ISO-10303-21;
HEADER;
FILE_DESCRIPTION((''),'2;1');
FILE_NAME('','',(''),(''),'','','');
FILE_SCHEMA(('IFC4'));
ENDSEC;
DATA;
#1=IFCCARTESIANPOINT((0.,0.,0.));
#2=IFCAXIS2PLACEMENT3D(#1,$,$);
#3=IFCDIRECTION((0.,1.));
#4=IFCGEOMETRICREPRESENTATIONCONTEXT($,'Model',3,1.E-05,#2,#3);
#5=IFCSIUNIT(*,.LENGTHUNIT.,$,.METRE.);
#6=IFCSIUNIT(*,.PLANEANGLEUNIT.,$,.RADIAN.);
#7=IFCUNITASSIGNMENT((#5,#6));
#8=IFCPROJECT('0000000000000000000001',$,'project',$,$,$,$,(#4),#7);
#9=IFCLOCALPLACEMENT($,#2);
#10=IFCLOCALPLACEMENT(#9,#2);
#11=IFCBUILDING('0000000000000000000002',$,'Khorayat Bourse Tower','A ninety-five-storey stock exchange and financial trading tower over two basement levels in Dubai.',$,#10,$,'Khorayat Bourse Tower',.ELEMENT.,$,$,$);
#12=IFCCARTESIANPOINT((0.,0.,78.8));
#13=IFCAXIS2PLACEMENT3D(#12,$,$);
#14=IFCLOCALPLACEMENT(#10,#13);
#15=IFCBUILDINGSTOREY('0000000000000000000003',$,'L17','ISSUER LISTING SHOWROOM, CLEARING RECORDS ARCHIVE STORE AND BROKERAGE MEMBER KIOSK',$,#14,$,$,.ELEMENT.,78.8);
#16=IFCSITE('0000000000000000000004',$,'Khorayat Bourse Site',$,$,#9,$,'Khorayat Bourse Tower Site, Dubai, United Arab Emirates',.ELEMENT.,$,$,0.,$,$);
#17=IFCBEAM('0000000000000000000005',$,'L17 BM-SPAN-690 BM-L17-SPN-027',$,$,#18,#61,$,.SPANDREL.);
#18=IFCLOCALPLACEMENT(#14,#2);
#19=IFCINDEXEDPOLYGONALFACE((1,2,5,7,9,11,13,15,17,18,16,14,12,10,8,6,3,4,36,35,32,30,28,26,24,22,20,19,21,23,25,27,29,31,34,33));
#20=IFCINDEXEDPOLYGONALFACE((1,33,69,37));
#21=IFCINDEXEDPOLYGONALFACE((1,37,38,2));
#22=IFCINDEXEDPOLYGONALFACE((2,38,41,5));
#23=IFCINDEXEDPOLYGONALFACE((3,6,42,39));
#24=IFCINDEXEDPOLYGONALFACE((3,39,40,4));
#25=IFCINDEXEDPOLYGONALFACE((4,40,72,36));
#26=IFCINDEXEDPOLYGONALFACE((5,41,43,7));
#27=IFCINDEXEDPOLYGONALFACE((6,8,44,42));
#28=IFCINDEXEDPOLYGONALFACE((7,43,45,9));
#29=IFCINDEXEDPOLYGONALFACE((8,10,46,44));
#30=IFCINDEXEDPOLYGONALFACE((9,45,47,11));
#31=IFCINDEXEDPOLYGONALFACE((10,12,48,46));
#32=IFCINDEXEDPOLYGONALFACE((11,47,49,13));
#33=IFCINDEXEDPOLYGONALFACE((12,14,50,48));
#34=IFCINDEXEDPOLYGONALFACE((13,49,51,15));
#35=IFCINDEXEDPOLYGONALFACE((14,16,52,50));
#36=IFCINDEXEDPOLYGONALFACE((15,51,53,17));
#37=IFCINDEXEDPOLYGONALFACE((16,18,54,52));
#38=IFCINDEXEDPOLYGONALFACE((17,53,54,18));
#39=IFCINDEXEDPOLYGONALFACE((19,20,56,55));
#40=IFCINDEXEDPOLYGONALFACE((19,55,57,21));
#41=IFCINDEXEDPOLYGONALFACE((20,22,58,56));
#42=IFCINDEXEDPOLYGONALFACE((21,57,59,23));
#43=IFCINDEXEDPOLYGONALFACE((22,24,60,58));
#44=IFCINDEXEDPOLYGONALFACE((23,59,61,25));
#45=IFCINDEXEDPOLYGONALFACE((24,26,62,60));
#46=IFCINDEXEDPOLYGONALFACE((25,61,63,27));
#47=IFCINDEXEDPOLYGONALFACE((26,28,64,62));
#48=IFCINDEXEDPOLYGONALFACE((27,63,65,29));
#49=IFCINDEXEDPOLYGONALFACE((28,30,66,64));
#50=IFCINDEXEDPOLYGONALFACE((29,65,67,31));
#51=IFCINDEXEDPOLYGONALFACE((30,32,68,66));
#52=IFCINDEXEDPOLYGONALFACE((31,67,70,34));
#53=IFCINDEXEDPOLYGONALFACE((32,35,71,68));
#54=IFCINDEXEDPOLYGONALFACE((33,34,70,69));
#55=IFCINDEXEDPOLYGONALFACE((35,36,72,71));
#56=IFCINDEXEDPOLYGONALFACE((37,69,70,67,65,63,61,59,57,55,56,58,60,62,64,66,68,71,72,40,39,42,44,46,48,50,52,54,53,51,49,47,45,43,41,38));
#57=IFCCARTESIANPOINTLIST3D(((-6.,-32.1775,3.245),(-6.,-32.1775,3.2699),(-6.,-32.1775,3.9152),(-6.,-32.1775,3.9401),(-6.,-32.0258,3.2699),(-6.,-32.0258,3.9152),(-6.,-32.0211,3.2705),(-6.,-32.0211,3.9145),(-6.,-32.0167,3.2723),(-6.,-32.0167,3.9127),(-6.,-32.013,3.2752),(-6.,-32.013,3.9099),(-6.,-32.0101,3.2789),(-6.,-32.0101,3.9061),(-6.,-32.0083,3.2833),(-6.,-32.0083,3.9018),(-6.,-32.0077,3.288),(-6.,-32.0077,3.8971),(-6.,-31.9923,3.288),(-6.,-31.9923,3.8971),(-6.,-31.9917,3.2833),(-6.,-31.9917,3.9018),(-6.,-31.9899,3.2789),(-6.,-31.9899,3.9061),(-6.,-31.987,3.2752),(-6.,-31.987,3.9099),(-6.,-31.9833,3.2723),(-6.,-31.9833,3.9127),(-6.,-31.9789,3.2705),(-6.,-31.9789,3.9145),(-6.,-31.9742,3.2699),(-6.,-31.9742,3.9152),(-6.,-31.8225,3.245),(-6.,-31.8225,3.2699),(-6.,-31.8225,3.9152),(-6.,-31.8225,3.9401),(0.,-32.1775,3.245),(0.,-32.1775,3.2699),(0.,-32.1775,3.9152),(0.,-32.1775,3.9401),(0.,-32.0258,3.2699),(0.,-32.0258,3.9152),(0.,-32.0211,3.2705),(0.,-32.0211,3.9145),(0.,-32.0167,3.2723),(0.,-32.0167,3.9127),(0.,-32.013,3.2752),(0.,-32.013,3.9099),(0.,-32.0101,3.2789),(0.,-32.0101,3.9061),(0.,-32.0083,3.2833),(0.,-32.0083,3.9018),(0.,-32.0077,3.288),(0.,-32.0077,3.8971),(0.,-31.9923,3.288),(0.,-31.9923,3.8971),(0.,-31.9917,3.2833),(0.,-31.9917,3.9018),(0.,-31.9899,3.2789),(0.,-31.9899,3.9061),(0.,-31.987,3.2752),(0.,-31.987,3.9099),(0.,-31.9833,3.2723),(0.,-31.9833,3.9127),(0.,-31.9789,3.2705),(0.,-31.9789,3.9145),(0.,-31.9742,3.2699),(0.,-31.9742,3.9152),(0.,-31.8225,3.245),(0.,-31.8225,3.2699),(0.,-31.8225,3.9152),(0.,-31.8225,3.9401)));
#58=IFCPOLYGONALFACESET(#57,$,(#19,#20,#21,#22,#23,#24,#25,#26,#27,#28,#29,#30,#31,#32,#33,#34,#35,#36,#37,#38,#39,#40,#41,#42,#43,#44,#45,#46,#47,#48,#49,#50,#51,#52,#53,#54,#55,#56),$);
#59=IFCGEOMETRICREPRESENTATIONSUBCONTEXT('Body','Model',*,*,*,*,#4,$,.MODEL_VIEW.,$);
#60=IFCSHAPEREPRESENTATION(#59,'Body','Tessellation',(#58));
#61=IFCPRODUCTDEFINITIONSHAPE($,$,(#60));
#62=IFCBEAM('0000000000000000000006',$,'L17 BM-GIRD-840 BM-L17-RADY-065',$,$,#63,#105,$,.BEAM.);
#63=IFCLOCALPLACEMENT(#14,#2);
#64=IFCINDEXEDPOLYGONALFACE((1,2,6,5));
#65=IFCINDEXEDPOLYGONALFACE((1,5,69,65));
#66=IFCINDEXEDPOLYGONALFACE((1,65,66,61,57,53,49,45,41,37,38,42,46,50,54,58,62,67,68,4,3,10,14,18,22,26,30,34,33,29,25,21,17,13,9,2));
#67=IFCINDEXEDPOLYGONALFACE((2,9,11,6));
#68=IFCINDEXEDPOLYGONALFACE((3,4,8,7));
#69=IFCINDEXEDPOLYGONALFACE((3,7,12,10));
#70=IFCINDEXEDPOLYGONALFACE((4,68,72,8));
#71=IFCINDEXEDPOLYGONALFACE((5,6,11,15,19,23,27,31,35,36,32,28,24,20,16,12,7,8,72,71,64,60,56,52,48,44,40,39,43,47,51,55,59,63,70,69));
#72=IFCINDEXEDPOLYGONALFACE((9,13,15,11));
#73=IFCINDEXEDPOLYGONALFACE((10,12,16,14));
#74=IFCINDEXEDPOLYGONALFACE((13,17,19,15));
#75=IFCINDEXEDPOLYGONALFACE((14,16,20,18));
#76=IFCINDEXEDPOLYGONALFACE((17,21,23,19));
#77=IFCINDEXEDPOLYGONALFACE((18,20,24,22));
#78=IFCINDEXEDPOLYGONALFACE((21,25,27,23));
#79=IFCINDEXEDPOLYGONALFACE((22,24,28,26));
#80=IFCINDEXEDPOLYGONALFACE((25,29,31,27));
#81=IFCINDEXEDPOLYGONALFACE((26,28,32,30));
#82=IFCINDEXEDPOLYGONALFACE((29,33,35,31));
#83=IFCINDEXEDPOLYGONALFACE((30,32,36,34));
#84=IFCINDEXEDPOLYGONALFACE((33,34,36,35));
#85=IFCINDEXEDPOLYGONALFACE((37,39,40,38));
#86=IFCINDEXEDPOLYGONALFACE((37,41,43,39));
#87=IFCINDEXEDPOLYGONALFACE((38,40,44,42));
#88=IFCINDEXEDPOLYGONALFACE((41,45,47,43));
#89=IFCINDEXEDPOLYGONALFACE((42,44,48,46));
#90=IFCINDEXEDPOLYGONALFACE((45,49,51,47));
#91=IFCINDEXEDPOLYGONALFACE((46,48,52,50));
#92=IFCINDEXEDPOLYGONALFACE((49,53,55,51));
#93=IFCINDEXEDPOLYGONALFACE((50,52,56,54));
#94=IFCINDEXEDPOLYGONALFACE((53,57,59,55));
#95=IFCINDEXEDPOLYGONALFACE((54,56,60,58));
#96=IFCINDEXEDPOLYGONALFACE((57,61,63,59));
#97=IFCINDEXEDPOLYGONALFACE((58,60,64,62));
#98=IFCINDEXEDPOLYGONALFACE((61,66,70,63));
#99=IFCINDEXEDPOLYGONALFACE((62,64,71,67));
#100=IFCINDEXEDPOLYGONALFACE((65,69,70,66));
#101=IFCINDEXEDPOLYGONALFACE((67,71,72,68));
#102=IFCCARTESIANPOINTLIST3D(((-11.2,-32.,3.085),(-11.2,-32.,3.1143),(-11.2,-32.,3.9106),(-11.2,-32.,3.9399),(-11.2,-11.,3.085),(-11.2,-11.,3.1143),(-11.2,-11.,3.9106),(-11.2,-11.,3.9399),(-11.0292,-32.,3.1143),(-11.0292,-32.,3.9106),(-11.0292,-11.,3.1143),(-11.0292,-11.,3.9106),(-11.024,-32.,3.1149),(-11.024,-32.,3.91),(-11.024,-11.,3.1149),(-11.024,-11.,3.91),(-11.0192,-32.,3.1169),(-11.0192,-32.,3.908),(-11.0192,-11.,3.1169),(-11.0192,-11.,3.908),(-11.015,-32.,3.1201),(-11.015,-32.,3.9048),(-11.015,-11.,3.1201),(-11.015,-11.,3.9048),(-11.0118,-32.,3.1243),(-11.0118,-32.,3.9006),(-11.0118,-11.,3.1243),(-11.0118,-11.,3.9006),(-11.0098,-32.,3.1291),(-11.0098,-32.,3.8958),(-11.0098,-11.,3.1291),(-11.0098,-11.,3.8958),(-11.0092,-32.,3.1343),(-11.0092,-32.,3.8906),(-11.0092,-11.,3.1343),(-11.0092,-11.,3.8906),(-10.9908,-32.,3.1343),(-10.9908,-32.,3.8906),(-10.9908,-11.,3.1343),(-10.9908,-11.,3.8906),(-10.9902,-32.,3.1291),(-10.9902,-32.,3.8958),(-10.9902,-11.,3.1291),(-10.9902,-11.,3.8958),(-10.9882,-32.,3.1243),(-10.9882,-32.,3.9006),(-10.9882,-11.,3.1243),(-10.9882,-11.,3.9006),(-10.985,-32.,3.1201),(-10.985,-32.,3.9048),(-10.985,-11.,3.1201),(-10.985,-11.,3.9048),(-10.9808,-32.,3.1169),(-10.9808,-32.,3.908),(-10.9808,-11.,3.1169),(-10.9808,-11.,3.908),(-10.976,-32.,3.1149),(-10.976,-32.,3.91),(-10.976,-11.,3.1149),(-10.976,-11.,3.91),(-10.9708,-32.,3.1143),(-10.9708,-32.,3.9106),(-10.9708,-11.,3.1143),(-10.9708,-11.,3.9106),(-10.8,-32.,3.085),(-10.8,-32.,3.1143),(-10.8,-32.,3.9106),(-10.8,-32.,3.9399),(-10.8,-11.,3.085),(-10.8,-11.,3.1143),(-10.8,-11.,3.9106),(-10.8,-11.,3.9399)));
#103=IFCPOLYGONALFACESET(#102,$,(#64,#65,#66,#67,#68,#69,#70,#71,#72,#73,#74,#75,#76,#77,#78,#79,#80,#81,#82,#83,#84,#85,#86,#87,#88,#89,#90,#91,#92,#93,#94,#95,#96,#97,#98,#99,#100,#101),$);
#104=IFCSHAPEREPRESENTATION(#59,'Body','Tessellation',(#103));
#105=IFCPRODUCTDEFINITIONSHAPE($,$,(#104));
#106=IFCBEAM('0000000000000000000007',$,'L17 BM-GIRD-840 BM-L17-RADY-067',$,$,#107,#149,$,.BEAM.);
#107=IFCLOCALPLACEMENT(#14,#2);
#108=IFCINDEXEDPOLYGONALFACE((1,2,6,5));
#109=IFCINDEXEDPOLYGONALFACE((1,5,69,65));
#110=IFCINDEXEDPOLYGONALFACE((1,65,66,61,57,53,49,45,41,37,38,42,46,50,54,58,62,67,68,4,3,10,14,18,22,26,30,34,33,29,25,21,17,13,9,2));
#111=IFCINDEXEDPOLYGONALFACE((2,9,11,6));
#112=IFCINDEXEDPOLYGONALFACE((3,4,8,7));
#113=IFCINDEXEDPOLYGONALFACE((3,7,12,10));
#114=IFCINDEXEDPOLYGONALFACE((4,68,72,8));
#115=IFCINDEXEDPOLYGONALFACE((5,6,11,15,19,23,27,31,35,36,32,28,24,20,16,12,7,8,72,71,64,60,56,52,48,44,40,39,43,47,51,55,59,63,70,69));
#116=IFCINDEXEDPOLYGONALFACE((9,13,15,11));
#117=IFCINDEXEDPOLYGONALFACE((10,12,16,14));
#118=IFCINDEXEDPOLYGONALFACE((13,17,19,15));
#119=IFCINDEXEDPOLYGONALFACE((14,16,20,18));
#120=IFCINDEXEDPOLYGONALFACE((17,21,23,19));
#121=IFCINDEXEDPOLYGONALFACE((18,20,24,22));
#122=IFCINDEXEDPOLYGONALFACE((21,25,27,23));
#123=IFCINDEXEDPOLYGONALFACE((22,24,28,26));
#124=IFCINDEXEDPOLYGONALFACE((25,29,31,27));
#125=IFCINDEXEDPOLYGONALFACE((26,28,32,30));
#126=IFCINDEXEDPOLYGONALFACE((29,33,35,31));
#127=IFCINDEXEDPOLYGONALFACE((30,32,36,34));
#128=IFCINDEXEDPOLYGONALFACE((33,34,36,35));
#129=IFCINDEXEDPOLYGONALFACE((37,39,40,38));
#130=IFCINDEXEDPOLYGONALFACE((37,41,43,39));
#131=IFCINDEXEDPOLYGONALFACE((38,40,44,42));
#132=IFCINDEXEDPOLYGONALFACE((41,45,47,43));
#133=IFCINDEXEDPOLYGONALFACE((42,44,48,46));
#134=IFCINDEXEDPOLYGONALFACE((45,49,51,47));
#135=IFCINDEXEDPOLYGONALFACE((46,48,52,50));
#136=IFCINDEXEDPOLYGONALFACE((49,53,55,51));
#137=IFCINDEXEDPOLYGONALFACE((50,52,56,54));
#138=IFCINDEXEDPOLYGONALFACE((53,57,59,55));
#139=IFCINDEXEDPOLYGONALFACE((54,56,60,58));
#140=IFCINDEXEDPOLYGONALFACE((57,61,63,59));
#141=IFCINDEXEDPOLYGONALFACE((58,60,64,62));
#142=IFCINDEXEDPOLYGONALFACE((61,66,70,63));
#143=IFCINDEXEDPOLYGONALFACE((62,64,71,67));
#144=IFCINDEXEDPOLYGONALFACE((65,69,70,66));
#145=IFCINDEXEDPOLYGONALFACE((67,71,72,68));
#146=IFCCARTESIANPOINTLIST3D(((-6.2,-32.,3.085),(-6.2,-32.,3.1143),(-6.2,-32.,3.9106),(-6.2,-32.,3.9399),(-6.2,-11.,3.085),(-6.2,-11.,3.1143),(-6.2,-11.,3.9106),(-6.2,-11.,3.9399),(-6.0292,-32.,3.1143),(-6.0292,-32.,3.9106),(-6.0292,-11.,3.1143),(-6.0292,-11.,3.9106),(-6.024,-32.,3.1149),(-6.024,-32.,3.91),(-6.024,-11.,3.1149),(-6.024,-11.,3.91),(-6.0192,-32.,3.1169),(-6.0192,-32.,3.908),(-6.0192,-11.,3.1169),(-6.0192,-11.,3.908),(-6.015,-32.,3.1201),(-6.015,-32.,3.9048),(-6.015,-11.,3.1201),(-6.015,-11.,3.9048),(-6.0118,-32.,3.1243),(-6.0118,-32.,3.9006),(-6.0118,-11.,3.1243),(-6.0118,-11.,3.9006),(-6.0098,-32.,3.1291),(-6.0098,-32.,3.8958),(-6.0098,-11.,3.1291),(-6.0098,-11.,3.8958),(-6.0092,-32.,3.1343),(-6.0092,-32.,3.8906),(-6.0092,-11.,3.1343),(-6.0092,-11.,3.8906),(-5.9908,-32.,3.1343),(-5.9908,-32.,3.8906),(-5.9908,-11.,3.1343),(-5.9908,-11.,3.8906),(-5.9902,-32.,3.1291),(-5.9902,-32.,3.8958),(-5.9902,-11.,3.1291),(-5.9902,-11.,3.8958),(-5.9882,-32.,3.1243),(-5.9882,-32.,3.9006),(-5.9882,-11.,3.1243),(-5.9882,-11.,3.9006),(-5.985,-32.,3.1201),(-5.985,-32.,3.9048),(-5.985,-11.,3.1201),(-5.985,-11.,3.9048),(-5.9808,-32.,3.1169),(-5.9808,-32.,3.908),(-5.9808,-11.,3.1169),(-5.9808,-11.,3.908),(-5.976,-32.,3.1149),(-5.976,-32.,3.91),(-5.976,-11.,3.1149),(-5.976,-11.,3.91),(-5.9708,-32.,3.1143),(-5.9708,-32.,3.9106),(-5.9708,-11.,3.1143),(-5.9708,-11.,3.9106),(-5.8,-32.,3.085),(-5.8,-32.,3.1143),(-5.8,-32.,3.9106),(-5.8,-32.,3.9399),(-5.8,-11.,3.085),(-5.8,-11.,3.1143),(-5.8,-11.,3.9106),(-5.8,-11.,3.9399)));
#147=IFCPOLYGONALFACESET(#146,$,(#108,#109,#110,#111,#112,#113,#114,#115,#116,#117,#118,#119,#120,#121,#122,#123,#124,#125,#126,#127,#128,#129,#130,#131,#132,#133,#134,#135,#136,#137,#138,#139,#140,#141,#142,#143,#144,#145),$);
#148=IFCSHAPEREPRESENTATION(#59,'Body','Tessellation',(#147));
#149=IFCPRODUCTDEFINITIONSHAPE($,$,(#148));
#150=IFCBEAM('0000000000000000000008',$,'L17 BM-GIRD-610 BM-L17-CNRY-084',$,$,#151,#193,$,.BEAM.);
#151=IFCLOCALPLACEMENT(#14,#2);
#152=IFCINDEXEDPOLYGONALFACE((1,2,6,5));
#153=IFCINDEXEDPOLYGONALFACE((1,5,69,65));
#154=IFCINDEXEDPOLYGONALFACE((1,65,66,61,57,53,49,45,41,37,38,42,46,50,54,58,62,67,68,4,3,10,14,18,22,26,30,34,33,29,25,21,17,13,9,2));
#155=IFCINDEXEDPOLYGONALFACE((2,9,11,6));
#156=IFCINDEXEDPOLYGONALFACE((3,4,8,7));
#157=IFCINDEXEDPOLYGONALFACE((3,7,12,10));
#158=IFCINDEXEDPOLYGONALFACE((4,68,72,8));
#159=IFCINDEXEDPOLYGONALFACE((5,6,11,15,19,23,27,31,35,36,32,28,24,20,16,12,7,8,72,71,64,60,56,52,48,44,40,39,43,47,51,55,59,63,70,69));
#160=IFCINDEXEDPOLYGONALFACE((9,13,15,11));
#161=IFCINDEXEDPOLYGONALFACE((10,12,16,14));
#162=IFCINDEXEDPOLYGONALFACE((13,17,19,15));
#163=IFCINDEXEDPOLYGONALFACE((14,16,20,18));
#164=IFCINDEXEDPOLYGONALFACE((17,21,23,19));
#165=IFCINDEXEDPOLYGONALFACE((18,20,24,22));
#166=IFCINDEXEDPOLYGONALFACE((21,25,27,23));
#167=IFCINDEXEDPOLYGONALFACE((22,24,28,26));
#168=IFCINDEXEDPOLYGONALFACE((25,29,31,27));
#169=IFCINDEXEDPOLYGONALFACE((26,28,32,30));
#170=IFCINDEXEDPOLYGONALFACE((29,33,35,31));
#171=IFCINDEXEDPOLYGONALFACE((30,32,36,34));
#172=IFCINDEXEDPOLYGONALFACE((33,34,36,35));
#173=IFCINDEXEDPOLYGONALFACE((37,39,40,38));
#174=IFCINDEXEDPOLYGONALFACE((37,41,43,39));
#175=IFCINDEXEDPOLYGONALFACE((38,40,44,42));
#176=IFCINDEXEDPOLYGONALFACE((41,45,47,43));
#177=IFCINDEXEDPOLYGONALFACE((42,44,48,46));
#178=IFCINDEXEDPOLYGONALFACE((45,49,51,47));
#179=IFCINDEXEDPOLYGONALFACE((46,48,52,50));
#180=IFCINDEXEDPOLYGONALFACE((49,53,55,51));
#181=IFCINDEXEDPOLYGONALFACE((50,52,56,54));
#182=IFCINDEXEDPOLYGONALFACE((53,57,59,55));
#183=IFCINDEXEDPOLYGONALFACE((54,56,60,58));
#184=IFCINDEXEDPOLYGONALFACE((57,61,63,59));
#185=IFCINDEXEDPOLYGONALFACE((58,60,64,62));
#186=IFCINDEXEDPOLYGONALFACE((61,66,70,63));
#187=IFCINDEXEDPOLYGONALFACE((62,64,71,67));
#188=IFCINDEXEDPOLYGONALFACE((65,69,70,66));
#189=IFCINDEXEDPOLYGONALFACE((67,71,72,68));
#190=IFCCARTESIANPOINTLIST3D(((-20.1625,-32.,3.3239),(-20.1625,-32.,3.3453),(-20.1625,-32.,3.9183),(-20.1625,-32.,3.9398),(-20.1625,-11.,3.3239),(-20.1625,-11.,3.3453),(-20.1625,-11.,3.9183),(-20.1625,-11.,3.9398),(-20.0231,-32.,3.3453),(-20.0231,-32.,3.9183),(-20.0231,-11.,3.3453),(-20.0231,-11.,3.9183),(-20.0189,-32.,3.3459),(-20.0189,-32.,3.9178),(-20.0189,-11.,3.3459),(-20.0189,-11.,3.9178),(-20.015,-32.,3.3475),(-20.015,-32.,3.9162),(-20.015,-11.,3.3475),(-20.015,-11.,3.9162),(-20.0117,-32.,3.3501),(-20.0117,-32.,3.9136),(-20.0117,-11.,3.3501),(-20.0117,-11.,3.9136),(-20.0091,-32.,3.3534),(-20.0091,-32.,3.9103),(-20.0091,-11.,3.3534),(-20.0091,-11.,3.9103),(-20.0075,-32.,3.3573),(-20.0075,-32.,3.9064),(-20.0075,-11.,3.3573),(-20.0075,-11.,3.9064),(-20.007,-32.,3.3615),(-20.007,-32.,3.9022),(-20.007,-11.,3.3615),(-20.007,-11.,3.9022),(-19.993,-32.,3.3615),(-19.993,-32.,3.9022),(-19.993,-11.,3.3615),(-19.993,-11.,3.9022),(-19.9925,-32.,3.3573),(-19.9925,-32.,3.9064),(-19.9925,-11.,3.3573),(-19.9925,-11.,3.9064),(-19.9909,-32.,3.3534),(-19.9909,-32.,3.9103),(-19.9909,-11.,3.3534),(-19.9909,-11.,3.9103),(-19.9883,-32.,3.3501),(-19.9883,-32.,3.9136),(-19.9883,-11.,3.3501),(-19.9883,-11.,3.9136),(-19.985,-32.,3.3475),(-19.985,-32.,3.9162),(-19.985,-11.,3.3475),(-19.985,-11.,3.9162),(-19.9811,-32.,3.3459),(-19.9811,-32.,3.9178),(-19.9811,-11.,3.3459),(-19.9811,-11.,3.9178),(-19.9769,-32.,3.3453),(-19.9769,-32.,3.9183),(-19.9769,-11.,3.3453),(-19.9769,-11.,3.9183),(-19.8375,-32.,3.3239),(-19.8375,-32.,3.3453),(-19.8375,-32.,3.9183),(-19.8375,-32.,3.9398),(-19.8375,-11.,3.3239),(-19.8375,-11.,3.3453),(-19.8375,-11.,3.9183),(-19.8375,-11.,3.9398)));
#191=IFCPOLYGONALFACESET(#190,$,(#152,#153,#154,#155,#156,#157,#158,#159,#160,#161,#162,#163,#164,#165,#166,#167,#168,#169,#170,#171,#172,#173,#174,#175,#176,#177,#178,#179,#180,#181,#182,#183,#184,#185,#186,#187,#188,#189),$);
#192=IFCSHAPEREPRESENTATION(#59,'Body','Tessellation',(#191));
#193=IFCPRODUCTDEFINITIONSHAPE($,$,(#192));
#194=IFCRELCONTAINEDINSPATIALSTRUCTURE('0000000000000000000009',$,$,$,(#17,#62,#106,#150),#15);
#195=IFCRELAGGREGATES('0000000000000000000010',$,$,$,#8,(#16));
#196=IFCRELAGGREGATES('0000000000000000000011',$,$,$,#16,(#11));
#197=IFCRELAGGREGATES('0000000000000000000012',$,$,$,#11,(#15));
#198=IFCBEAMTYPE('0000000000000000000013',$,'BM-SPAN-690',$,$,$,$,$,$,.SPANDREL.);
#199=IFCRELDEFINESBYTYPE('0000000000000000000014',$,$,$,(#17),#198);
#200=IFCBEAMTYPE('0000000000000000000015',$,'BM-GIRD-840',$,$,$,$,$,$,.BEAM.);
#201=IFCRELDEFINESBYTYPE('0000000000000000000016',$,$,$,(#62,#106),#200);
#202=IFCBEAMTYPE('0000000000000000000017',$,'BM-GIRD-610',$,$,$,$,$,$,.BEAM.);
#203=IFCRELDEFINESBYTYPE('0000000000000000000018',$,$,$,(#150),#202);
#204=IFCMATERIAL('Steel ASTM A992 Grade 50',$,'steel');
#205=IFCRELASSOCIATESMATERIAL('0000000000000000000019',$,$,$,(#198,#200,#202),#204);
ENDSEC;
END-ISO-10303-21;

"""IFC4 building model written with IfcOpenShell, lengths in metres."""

from ifc_helpers import new_model, si_unit, direction, frame, origin, origin_2d, place, context, subcontext, project, spatial, i_section, extrude, source, transform, mapped, material, material_profile, profile_set, type_object, element, save


model = new_model("IFC4")

# Units and contexts
model_context = context("Model", 3, precision=1e-05, world=origin(), true_north=direction((0.0, 1.0)))
body_context = subcontext(model_context, "Body", "Model", "MODEL_VIEW")
ifc_project = project(units=[si_unit("LENGTHUNIT", "METRE"), si_unit("PLANEANGLEUNIT", "RADIAN")], contexts=[model_context])

# Site, building, storey
site_placement = place(None, origin())
site = spatial("IfcSite", under=ifc_project, at=site_placement, Name="Khorayat Bourse Site", LongName="Khorayat Bourse Tower Site, Dubai, United Arab Emirates", CompositionType="ELEMENT", RefElevation=0.0)
building_placement = place(site_placement, origin())
building = spatial("IfcBuilding", under=site, at=building_placement, Name="Khorayat Bourse Tower", Description="A ninety-five-storey stock exchange and financial trading tower over two basement levels in Dubai.", LongName="Khorayat Bourse Tower", CompositionType="ELEMENT")
storey_placement = place(building_placement, frame((0.0, 0.0, 78.8)))
storey = spatial("IfcBuildingStorey", under=building, at=storey_placement, Name="L17", Description="ISSUER LISTING SHOWROOM, CLEARING RECORDS ARCHIVE STORE AND BROKERAGE MEMBER KIOSK", CompositionType="ELEMENT", Elevation=78.8)

# Beams
ifc_material_1 = material(Name="Steel ASTM A992 Grade 50", Category="steel")
ifc_material_profile_1 = material_profile(ifc_material_1, i_section(OverallWidth=0.355, OverallDepth=0.6951, WebThickness=0.0154, FlangeThickness=0.0249, FilletRadius=0.0181, at=origin_2d()), Name="W690X217")
ifc_profile_set_1 = profile_set([ifc_material_profile_1], Name="Steel ASTM A992 Grade 50")
beam_type_1 = type_object("IfcBeamType", Name="BM-SPAN-690", PredefinedType="SPANDREL", material=ifc_profile_set_1)
shared_shape_1 = source(origin(), body_context, "Body", "SweptSolid", [
    extrude(i_section(OverallWidth=0.355, OverallDepth=0.6951, WebThickness=0.0154, FlangeThickness=0.0249, FilletRadius=0.0181, at=origin_2d()), origin(), (0.0, 0.0, 1.0), 6.0),
])
beam_1_placement = place(storey_placement, frame((-6.0, -32.0, 3.5925), z_axis=(1.0, 0.0, 0.0), x_axis=(0.0, 1.0, 0.0)))
element("IfcBeam", 1, at=beam_1_placement, inside=storey, type_object=beam_type_1, Name="L17 BM-SPAN-690 BM-L17-SPN-027", PredefinedType="SPANDREL", context=body_context, shape_type="MappedRepresentation", body=[
    mapped(shared_shape_1, transform((0.0, 0.0, 0.0), scale=1.0)),
])
ifc_material_profile_2 = material_profile(ifc_material_1, i_section(OverallWidth=0.3999, OverallDepth=0.855, WebThickness=0.0183, FlangeThickness=0.0293, FilletRadius=0.02, at=origin_2d()), Name="W840X299")
ifc_profile_set_2 = profile_set([ifc_material_profile_2], Name="Steel ASTM A992 Grade 50")
beam_type_2 = type_object("IfcBeamType", Name="BM-GIRD-840", PredefinedType="BEAM", material=ifc_profile_set_2)
shared_shape_2 = source(origin(), body_context, "Body", "SweptSolid", [
    extrude(i_section(OverallWidth=0.3999, OverallDepth=0.855, WebThickness=0.0183, FlangeThickness=0.0293, FilletRadius=0.02, at=origin_2d()), origin(), (0.0, 0.0, 1.0), 21.0),
])
for number, where, z_axis, x_axis, name in (
    (2, (-11.0, -32.0, 3.5125), (0.0, 1.0, 0.0), (-1.0, 0.0, 0.0), "L17 BM-GIRD-840 BM-L17-RADY-065"),
    (3, (-6.0, -32.0, 3.5125), (0.0, 1.0, 0.0), (-1.0, 0.0, 0.0), "L17 BM-GIRD-840 BM-L17-RADY-067"),
):
    element("IfcBeam", number, at=place(storey_placement, frame(where, z_axis=z_axis, x_axis=x_axis)), inside=storey, type_object=beam_type_2, Name=name, PredefinedType="BEAM", context=body_context, shape_type="MappedRepresentation", body=[
        mapped(shared_shape_2, transform((0.0, 0.0, 0.0), scale=1.0)),
    ])
ifc_material_profile_3 = material_profile(ifc_material_1, i_section(OverallWidth=0.325, OverallDepth=0.616, WebThickness=0.0139, FlangeThickness=0.0215, FilletRadius=0.0161, at=origin_2d()), Name="W610X174")
ifc_profile_set_3 = profile_set([ifc_material_profile_3], Name="Steel ASTM A992 Grade 50")
beam_type_3 = type_object("IfcBeamType", Name="BM-GIRD-610", PredefinedType="BEAM", material=ifc_profile_set_3)
shared_shape_3 = source(origin(), body_context, "Body", "SweptSolid", [
    extrude(i_section(OverallWidth=0.325, OverallDepth=0.616, WebThickness=0.0139, FlangeThickness=0.0215, FilletRadius=0.0161, at=origin_2d()), origin(), (0.0, 0.0, 1.0), 21.0),
])
beam_2_placement = place(storey_placement, frame((-20.0, -32.0, 3.6318), z_axis=(0.0, 1.0, 0.0), x_axis=(-1.0, 0.0, 0.0)))
element("IfcBeam", 4, at=beam_2_placement, inside=storey, type_object=beam_type_3, Name="L17 BM-GIRD-610 BM-L17-CNRY-084", PredefinedType="BEAM", context=body_context, shape_type="MappedRepresentation", body=[
    mapped(shared_shape_3, transform((0.0, 0.0, 0.0), scale=1.0)),
])

save(model, "model.ifc")
